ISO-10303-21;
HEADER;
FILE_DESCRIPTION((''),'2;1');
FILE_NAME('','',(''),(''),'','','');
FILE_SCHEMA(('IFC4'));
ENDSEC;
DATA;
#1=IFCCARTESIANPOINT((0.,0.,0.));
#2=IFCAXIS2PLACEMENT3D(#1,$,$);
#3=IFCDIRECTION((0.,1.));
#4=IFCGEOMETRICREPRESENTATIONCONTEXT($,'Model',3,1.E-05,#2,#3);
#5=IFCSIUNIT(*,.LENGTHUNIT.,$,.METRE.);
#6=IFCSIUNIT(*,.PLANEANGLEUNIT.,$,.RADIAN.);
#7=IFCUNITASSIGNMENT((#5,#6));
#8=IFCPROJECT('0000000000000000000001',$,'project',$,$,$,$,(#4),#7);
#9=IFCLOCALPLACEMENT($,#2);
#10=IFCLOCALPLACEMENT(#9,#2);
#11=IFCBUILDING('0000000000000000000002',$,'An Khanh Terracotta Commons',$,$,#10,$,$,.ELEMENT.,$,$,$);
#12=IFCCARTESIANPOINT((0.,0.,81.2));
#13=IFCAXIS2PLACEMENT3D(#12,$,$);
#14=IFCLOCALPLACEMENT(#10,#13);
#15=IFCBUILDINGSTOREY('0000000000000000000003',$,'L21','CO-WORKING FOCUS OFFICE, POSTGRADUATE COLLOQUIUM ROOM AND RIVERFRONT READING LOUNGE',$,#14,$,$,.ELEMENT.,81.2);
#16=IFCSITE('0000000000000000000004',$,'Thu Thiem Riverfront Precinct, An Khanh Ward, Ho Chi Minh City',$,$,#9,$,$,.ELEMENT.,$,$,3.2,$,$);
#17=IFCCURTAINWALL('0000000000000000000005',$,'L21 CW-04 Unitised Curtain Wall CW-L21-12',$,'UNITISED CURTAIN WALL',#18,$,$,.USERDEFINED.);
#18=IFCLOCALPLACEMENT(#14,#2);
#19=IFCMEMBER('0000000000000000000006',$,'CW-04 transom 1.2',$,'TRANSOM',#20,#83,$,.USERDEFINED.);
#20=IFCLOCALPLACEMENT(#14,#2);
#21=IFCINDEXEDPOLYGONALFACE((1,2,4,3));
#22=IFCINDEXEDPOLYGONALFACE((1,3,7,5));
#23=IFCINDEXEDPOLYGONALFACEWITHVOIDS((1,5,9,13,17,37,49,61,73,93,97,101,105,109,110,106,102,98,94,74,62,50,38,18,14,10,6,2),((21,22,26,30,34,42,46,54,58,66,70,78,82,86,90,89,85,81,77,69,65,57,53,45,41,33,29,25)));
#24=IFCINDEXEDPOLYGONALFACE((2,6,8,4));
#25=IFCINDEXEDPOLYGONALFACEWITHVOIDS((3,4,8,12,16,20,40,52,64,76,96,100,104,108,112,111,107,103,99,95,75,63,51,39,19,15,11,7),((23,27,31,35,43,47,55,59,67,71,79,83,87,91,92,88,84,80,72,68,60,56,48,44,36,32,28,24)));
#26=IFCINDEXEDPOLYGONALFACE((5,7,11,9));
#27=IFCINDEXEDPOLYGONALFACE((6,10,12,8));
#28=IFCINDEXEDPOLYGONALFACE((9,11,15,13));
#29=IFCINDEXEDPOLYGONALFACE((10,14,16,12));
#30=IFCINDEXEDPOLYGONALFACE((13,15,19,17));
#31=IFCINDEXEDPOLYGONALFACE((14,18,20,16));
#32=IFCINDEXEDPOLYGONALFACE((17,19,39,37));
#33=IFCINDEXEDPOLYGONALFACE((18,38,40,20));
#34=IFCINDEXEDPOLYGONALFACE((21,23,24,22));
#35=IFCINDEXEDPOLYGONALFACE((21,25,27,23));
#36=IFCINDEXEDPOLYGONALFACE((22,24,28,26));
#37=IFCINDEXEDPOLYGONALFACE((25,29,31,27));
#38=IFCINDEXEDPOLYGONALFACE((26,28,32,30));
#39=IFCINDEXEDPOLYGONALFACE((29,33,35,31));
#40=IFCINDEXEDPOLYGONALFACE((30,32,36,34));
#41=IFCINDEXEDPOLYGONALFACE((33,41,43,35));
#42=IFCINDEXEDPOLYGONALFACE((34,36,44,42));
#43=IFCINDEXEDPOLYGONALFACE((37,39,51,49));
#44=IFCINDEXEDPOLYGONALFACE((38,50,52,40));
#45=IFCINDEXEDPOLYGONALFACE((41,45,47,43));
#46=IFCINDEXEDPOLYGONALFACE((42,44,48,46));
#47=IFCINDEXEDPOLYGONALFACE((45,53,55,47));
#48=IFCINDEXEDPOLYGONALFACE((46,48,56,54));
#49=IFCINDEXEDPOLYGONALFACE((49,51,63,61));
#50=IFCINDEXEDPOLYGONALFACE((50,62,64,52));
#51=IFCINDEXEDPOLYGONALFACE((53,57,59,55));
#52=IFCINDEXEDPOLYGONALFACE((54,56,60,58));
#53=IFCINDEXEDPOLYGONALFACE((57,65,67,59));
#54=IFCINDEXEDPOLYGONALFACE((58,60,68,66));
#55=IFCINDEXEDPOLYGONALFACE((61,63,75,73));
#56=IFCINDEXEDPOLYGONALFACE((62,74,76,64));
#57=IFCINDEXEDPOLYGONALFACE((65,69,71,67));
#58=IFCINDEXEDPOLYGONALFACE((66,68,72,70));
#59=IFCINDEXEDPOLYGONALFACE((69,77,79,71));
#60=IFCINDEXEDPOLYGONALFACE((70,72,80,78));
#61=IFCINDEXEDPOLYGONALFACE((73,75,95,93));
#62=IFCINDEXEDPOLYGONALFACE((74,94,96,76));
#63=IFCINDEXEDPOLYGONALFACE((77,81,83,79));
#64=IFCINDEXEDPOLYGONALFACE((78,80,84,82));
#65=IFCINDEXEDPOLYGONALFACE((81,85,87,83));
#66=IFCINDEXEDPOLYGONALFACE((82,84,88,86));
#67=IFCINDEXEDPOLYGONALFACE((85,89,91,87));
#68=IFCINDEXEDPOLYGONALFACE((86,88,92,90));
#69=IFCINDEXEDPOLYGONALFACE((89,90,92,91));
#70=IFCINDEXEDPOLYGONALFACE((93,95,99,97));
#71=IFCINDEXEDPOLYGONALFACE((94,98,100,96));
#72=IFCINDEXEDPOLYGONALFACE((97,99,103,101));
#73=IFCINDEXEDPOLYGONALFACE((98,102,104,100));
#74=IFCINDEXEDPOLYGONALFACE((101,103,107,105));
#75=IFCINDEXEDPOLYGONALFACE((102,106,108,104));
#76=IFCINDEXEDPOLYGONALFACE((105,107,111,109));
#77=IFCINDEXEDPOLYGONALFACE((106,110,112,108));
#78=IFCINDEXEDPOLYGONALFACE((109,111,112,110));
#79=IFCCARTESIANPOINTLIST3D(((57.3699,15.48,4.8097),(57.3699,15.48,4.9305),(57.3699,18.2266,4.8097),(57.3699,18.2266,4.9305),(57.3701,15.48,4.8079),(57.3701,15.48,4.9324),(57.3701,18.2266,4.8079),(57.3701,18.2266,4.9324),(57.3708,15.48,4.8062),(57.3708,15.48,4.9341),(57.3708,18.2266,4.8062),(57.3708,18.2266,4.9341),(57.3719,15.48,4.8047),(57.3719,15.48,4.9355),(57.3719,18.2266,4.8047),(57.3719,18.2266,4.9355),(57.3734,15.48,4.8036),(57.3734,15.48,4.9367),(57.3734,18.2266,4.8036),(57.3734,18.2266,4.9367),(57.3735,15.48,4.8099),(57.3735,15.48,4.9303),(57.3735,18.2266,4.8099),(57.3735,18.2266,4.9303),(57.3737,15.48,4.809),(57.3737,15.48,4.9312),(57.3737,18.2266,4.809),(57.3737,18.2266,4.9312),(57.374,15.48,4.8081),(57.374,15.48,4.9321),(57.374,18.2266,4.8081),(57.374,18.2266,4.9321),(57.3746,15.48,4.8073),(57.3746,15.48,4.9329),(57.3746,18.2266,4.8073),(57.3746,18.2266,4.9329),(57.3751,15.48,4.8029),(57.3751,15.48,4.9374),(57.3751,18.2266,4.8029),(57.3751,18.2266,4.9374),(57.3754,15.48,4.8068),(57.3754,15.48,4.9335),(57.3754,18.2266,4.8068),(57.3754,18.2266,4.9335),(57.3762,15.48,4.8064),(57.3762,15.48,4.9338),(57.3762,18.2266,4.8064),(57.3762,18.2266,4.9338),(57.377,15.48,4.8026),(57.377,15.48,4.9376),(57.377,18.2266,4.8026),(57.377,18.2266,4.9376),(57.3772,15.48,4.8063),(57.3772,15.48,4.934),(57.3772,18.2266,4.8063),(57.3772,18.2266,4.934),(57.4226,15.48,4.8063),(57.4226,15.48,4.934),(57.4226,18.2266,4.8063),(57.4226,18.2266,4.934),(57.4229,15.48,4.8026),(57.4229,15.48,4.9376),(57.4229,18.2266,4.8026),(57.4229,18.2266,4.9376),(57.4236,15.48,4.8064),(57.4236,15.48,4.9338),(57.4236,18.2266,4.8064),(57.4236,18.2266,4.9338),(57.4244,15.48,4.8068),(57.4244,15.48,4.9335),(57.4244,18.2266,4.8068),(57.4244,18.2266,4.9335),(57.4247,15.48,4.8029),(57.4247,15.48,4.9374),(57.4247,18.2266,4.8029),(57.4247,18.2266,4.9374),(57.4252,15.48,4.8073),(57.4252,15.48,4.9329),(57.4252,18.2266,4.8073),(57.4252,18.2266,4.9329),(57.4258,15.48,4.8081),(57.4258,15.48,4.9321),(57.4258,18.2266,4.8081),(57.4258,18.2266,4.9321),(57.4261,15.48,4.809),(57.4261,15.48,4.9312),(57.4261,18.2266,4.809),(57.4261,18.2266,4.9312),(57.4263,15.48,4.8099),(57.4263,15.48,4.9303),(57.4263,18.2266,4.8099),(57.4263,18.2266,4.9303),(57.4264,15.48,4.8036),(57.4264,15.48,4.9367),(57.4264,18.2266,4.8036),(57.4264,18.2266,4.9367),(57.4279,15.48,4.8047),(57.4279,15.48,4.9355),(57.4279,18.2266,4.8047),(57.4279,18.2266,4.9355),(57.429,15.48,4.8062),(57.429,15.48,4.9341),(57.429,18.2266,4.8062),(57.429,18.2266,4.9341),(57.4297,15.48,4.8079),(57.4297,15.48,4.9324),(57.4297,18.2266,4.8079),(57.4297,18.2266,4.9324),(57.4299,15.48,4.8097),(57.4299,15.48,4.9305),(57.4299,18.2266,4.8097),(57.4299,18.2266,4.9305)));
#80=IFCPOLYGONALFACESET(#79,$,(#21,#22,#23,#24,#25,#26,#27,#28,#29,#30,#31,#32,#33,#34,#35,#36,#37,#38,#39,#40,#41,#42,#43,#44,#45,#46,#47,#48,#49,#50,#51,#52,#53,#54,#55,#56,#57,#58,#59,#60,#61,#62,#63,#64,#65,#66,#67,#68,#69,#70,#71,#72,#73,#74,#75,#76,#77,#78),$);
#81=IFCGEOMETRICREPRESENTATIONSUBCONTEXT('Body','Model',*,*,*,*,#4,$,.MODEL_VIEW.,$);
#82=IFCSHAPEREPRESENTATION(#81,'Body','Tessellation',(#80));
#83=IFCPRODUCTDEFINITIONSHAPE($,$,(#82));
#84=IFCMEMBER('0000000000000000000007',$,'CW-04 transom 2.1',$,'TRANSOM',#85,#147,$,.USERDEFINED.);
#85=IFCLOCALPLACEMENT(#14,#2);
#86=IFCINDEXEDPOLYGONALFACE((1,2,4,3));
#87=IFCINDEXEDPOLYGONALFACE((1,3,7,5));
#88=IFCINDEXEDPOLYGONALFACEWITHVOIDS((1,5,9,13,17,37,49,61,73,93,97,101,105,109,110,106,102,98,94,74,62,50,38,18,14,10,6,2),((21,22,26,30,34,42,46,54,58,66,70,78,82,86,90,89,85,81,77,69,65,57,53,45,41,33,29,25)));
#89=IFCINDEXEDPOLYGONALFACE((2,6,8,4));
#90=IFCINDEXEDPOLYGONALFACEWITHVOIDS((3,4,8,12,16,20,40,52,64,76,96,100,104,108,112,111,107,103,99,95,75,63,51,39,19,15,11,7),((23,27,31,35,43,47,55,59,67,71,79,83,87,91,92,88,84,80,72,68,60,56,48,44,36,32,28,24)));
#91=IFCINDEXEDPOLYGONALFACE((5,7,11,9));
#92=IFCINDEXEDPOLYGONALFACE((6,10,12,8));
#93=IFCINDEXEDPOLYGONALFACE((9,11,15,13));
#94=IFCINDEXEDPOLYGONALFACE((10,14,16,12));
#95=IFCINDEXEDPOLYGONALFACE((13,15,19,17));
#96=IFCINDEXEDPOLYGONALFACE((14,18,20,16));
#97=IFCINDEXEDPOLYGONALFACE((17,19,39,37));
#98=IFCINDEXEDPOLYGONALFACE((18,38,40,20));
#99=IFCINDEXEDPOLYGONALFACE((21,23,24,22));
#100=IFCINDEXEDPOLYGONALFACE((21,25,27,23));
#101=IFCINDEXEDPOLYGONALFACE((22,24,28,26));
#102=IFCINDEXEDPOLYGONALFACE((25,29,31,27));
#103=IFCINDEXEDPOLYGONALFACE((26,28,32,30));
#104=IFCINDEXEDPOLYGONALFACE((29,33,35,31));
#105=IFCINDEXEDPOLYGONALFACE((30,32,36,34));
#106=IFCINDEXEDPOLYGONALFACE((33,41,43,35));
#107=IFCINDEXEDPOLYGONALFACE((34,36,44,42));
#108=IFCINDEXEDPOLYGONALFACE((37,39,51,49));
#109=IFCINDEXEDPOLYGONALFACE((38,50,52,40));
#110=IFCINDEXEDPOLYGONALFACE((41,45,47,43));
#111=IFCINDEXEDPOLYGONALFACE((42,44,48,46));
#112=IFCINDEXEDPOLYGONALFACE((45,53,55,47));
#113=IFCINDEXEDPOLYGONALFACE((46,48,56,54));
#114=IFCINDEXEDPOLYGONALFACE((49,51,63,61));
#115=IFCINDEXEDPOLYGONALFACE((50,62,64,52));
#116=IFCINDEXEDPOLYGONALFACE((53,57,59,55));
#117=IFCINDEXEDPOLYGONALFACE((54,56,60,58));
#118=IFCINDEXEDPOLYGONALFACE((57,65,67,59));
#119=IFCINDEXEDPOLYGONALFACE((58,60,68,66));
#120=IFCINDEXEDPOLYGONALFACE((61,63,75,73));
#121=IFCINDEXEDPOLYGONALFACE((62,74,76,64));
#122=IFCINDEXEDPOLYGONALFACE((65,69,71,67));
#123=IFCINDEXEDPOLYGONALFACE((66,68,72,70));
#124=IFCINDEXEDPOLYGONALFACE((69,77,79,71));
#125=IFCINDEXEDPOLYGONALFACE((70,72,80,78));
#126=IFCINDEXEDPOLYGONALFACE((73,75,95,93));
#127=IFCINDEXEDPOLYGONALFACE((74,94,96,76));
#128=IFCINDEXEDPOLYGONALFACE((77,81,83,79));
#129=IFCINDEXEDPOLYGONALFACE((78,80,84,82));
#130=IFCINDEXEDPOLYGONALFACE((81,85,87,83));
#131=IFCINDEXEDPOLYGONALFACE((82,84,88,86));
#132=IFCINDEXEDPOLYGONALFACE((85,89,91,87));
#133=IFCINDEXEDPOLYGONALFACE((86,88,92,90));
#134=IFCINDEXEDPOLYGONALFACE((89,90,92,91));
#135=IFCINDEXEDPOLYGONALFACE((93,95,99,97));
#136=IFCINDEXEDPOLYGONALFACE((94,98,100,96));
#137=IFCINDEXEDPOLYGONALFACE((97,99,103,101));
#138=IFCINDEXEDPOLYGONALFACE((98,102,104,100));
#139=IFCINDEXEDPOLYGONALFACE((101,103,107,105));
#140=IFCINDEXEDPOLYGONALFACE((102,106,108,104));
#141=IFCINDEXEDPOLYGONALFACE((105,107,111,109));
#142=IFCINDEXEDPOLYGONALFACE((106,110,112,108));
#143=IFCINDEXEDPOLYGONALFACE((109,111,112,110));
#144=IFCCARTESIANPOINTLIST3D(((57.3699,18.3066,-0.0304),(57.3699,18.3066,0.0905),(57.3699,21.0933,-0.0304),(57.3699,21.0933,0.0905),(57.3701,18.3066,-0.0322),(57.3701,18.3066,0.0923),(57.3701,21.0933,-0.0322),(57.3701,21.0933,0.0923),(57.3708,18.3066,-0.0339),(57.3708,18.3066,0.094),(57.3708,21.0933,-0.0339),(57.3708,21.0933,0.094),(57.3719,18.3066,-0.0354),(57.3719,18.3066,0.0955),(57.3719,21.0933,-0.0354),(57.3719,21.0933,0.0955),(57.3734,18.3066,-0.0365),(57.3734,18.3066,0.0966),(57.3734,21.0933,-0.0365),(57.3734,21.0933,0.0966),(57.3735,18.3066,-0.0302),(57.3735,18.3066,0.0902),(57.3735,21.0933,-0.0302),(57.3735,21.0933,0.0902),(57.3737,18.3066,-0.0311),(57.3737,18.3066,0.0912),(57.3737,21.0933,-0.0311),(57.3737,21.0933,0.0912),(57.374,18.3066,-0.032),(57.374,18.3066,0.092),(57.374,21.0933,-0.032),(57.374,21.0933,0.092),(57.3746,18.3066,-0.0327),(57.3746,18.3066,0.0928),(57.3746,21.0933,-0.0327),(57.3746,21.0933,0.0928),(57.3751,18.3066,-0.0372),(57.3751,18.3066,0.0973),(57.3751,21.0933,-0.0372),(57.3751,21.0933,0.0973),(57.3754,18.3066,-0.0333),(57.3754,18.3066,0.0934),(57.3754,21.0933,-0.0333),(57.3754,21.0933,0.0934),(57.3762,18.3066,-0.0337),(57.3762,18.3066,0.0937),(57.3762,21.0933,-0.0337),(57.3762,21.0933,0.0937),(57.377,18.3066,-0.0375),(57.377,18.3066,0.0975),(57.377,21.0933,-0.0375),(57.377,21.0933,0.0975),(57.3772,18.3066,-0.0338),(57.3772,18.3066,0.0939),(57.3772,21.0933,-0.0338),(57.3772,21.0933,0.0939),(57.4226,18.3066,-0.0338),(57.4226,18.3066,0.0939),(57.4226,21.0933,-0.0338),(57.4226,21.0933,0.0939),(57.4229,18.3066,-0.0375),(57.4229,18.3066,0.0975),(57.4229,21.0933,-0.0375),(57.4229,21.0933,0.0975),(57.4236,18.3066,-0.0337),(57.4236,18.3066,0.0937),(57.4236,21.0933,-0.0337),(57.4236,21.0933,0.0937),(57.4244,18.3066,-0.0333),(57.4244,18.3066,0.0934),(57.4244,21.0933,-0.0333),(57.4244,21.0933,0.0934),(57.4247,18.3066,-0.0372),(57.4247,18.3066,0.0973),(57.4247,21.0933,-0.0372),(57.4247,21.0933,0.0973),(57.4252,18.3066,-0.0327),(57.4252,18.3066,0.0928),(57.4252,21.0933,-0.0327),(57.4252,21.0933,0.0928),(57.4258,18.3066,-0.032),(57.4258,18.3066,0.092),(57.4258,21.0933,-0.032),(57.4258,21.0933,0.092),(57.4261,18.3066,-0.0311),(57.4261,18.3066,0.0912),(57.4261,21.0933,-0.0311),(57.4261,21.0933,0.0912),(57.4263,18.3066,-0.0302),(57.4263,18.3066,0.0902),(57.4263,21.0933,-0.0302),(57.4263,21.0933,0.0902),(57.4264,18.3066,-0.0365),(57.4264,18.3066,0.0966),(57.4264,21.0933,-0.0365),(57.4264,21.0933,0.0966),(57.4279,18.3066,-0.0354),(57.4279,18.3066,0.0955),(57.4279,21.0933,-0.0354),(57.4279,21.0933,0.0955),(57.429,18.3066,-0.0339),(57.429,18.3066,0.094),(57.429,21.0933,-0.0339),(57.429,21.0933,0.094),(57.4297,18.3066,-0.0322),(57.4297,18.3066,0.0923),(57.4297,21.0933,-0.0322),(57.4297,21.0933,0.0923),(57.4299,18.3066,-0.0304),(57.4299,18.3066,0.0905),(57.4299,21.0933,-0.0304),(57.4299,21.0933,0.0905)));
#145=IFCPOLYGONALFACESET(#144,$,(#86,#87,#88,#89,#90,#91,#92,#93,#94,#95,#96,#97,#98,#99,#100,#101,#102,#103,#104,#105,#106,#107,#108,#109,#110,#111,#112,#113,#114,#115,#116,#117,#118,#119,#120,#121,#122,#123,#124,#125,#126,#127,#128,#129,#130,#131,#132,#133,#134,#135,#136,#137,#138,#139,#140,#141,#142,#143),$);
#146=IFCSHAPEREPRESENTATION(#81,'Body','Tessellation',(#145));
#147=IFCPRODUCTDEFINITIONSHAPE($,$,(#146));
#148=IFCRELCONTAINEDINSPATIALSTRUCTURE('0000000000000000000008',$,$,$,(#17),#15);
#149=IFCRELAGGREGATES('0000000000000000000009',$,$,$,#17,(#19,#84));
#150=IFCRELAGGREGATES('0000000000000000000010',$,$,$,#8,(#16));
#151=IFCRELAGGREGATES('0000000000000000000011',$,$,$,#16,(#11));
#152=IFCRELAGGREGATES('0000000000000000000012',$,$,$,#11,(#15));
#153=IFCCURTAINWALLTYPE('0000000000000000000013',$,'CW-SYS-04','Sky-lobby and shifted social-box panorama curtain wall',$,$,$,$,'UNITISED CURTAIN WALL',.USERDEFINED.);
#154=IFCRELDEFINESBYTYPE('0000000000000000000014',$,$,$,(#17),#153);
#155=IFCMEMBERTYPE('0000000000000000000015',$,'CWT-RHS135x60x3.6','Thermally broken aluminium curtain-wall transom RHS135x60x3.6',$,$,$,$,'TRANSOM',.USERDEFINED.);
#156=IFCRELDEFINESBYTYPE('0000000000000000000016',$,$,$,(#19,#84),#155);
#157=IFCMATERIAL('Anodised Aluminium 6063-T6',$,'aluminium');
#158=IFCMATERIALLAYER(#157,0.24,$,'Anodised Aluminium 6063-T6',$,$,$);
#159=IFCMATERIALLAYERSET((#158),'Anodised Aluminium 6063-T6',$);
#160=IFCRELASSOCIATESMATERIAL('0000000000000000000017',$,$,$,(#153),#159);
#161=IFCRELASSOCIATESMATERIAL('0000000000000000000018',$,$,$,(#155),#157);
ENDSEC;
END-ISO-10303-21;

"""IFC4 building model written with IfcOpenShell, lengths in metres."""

from ifc_helpers import new_model, si_unit, direction, frame, origin, origin_2d, place, context, subcontext, project, spatial, hollow_rectangle, extrude, material, layer, layer_set, material_profile, profile_set, type_object, element, aggregate, save


model = new_model("IFC4")

# Units and contexts
model_context = context("Model", 3, precision=1e-05, world=origin(), true_north=direction((0.0, 1.0)))
body_context = subcontext(model_context, "Body", "Model", "MODEL_VIEW")
ifc_project = project(units=[si_unit("LENGTHUNIT", "METRE"), si_unit("PLANEANGLEUNIT", "RADIAN")], contexts=[model_context])

# Site, building, storey
site_placement = place(None, origin())
site = spatial("IfcSite", under=ifc_project, at=site_placement, Name="Thu Thiem Riverfront Precinct, An Khanh Ward, Ho Chi Minh City", CompositionType="ELEMENT", RefElevation=3.2)
building_placement = place(site_placement, origin())
building = spatial("IfcBuilding", under=site, at=building_placement, Name="An Khanh Terracotta Commons", CompositionType="ELEMENT")
storey_placement = place(building_placement, frame((0.0, 0.0, 81.2)))
storey = spatial("IfcBuildingStorey", under=building, at=storey_placement, Name="L21", Description="CO-WORKING FOCUS OFFICE, POSTGRADUATE COLLOQUIUM ROOM AND RIVERFRONT READING LOUNGE", CompositionType="ELEMENT", Elevation=81.2)

# Curtain wall
ifc_material_1 = material(Name="Anodised Aluminium 6063-T6", Category="aluminium")
ifc_layer_1 = layer(ifc_material_1, 0.24, Name="Anodised Aluminium 6063-T6")
ifc_layer_set_1 = layer_set([ifc_layer_1], Name="Anodised Aluminium 6063-T6")
curtain_wall_type = type_object("IfcCurtainWallType", Name="CW-SYS-04", Description="Sky-lobby and shifted social-box panorama curtain wall", ElementType="UNITISED CURTAIN WALL", PredefinedType="USERDEFINED", material=ifc_layer_set_1)
curtain_wall_1_placement = place(storey_placement, origin())
curtain_wall_1 = element("IfcCurtainWall", 1, at=curtain_wall_1_placement, inside=storey, type_object=curtain_wall_type, Name="L21 CW-04 Unitised Curtain Wall CW-L21-12", ObjectType="UNITISED CURTAIN WALL", PredefinedType="USERDEFINED")

# Members
ifc_material_profile_1 = material_profile(ifc_material_1, hollow_rectangle(XDim=0.0601, YDim=0.135, WallThickness=0.0037, InnerFilletRadius=0.0037, OuterFilletRadius=0.0071, at=origin_2d()), Name="RHS135x60x3.6")
ifc_profile_set_1 = profile_set([ifc_material_profile_1], Name="Anodised Aluminium 6063-T6")
member_type_1 = type_object("IfcMemberType", Name="CWT-RHS135x60x3.6", Description="Thermally broken aluminium curtain-wall transom RHS135x60x3.6", ElementType="TRANSOM", PredefinedType="USERDEFINED", material=ifc_profile_set_1)
member_1_placement = place(storey_placement, frame((57.3999, 15.48, 4.8701), z_axis=(0.0, 1.0, 0.0), x_axis=(-1.0, 0.0, 0.0)))
member_1 = element("IfcMember", 2, at=member_1_placement, type_object=member_type_1, Name="CW-04 transom 1.2", ObjectType="TRANSOM", PredefinedType="USERDEFINED", context=body_context, shape_type="SweptSolid", body=[
    extrude(hollow_rectangle(XDim=0.0601, YDim=0.135, WallThickness=0.0037, InnerFilletRadius=0.0037, OuterFilletRadius=0.0071, at=origin_2d()), origin(), (0.0, 0.0, 1.0), 2.7466),
])
member_2_placement = place(storey_placement, frame((57.3999, 18.3066, 0.03), z_axis=(0.0, 1.0, 0.0), x_axis=(-1.0, 0.0, 0.0)))
member_2 = element("IfcMember", 3, at=member_2_placement, type_object=member_type_1, Name="CW-04 transom 2.1", ObjectType="TRANSOM", PredefinedType="USERDEFINED", context=body_context, shape_type="SweptSolid", body=[
    extrude(hollow_rectangle(XDim=0.0601, YDim=0.135, WallThickness=0.0037, InnerFilletRadius=0.0037, OuterFilletRadius=0.0071, at=origin_2d()), origin(), (0.0, 0.0, 1.0), 2.7866),
])

aggregate(curtain_wall_1, [member_1, member_2])

save(model, "model.ifc")
